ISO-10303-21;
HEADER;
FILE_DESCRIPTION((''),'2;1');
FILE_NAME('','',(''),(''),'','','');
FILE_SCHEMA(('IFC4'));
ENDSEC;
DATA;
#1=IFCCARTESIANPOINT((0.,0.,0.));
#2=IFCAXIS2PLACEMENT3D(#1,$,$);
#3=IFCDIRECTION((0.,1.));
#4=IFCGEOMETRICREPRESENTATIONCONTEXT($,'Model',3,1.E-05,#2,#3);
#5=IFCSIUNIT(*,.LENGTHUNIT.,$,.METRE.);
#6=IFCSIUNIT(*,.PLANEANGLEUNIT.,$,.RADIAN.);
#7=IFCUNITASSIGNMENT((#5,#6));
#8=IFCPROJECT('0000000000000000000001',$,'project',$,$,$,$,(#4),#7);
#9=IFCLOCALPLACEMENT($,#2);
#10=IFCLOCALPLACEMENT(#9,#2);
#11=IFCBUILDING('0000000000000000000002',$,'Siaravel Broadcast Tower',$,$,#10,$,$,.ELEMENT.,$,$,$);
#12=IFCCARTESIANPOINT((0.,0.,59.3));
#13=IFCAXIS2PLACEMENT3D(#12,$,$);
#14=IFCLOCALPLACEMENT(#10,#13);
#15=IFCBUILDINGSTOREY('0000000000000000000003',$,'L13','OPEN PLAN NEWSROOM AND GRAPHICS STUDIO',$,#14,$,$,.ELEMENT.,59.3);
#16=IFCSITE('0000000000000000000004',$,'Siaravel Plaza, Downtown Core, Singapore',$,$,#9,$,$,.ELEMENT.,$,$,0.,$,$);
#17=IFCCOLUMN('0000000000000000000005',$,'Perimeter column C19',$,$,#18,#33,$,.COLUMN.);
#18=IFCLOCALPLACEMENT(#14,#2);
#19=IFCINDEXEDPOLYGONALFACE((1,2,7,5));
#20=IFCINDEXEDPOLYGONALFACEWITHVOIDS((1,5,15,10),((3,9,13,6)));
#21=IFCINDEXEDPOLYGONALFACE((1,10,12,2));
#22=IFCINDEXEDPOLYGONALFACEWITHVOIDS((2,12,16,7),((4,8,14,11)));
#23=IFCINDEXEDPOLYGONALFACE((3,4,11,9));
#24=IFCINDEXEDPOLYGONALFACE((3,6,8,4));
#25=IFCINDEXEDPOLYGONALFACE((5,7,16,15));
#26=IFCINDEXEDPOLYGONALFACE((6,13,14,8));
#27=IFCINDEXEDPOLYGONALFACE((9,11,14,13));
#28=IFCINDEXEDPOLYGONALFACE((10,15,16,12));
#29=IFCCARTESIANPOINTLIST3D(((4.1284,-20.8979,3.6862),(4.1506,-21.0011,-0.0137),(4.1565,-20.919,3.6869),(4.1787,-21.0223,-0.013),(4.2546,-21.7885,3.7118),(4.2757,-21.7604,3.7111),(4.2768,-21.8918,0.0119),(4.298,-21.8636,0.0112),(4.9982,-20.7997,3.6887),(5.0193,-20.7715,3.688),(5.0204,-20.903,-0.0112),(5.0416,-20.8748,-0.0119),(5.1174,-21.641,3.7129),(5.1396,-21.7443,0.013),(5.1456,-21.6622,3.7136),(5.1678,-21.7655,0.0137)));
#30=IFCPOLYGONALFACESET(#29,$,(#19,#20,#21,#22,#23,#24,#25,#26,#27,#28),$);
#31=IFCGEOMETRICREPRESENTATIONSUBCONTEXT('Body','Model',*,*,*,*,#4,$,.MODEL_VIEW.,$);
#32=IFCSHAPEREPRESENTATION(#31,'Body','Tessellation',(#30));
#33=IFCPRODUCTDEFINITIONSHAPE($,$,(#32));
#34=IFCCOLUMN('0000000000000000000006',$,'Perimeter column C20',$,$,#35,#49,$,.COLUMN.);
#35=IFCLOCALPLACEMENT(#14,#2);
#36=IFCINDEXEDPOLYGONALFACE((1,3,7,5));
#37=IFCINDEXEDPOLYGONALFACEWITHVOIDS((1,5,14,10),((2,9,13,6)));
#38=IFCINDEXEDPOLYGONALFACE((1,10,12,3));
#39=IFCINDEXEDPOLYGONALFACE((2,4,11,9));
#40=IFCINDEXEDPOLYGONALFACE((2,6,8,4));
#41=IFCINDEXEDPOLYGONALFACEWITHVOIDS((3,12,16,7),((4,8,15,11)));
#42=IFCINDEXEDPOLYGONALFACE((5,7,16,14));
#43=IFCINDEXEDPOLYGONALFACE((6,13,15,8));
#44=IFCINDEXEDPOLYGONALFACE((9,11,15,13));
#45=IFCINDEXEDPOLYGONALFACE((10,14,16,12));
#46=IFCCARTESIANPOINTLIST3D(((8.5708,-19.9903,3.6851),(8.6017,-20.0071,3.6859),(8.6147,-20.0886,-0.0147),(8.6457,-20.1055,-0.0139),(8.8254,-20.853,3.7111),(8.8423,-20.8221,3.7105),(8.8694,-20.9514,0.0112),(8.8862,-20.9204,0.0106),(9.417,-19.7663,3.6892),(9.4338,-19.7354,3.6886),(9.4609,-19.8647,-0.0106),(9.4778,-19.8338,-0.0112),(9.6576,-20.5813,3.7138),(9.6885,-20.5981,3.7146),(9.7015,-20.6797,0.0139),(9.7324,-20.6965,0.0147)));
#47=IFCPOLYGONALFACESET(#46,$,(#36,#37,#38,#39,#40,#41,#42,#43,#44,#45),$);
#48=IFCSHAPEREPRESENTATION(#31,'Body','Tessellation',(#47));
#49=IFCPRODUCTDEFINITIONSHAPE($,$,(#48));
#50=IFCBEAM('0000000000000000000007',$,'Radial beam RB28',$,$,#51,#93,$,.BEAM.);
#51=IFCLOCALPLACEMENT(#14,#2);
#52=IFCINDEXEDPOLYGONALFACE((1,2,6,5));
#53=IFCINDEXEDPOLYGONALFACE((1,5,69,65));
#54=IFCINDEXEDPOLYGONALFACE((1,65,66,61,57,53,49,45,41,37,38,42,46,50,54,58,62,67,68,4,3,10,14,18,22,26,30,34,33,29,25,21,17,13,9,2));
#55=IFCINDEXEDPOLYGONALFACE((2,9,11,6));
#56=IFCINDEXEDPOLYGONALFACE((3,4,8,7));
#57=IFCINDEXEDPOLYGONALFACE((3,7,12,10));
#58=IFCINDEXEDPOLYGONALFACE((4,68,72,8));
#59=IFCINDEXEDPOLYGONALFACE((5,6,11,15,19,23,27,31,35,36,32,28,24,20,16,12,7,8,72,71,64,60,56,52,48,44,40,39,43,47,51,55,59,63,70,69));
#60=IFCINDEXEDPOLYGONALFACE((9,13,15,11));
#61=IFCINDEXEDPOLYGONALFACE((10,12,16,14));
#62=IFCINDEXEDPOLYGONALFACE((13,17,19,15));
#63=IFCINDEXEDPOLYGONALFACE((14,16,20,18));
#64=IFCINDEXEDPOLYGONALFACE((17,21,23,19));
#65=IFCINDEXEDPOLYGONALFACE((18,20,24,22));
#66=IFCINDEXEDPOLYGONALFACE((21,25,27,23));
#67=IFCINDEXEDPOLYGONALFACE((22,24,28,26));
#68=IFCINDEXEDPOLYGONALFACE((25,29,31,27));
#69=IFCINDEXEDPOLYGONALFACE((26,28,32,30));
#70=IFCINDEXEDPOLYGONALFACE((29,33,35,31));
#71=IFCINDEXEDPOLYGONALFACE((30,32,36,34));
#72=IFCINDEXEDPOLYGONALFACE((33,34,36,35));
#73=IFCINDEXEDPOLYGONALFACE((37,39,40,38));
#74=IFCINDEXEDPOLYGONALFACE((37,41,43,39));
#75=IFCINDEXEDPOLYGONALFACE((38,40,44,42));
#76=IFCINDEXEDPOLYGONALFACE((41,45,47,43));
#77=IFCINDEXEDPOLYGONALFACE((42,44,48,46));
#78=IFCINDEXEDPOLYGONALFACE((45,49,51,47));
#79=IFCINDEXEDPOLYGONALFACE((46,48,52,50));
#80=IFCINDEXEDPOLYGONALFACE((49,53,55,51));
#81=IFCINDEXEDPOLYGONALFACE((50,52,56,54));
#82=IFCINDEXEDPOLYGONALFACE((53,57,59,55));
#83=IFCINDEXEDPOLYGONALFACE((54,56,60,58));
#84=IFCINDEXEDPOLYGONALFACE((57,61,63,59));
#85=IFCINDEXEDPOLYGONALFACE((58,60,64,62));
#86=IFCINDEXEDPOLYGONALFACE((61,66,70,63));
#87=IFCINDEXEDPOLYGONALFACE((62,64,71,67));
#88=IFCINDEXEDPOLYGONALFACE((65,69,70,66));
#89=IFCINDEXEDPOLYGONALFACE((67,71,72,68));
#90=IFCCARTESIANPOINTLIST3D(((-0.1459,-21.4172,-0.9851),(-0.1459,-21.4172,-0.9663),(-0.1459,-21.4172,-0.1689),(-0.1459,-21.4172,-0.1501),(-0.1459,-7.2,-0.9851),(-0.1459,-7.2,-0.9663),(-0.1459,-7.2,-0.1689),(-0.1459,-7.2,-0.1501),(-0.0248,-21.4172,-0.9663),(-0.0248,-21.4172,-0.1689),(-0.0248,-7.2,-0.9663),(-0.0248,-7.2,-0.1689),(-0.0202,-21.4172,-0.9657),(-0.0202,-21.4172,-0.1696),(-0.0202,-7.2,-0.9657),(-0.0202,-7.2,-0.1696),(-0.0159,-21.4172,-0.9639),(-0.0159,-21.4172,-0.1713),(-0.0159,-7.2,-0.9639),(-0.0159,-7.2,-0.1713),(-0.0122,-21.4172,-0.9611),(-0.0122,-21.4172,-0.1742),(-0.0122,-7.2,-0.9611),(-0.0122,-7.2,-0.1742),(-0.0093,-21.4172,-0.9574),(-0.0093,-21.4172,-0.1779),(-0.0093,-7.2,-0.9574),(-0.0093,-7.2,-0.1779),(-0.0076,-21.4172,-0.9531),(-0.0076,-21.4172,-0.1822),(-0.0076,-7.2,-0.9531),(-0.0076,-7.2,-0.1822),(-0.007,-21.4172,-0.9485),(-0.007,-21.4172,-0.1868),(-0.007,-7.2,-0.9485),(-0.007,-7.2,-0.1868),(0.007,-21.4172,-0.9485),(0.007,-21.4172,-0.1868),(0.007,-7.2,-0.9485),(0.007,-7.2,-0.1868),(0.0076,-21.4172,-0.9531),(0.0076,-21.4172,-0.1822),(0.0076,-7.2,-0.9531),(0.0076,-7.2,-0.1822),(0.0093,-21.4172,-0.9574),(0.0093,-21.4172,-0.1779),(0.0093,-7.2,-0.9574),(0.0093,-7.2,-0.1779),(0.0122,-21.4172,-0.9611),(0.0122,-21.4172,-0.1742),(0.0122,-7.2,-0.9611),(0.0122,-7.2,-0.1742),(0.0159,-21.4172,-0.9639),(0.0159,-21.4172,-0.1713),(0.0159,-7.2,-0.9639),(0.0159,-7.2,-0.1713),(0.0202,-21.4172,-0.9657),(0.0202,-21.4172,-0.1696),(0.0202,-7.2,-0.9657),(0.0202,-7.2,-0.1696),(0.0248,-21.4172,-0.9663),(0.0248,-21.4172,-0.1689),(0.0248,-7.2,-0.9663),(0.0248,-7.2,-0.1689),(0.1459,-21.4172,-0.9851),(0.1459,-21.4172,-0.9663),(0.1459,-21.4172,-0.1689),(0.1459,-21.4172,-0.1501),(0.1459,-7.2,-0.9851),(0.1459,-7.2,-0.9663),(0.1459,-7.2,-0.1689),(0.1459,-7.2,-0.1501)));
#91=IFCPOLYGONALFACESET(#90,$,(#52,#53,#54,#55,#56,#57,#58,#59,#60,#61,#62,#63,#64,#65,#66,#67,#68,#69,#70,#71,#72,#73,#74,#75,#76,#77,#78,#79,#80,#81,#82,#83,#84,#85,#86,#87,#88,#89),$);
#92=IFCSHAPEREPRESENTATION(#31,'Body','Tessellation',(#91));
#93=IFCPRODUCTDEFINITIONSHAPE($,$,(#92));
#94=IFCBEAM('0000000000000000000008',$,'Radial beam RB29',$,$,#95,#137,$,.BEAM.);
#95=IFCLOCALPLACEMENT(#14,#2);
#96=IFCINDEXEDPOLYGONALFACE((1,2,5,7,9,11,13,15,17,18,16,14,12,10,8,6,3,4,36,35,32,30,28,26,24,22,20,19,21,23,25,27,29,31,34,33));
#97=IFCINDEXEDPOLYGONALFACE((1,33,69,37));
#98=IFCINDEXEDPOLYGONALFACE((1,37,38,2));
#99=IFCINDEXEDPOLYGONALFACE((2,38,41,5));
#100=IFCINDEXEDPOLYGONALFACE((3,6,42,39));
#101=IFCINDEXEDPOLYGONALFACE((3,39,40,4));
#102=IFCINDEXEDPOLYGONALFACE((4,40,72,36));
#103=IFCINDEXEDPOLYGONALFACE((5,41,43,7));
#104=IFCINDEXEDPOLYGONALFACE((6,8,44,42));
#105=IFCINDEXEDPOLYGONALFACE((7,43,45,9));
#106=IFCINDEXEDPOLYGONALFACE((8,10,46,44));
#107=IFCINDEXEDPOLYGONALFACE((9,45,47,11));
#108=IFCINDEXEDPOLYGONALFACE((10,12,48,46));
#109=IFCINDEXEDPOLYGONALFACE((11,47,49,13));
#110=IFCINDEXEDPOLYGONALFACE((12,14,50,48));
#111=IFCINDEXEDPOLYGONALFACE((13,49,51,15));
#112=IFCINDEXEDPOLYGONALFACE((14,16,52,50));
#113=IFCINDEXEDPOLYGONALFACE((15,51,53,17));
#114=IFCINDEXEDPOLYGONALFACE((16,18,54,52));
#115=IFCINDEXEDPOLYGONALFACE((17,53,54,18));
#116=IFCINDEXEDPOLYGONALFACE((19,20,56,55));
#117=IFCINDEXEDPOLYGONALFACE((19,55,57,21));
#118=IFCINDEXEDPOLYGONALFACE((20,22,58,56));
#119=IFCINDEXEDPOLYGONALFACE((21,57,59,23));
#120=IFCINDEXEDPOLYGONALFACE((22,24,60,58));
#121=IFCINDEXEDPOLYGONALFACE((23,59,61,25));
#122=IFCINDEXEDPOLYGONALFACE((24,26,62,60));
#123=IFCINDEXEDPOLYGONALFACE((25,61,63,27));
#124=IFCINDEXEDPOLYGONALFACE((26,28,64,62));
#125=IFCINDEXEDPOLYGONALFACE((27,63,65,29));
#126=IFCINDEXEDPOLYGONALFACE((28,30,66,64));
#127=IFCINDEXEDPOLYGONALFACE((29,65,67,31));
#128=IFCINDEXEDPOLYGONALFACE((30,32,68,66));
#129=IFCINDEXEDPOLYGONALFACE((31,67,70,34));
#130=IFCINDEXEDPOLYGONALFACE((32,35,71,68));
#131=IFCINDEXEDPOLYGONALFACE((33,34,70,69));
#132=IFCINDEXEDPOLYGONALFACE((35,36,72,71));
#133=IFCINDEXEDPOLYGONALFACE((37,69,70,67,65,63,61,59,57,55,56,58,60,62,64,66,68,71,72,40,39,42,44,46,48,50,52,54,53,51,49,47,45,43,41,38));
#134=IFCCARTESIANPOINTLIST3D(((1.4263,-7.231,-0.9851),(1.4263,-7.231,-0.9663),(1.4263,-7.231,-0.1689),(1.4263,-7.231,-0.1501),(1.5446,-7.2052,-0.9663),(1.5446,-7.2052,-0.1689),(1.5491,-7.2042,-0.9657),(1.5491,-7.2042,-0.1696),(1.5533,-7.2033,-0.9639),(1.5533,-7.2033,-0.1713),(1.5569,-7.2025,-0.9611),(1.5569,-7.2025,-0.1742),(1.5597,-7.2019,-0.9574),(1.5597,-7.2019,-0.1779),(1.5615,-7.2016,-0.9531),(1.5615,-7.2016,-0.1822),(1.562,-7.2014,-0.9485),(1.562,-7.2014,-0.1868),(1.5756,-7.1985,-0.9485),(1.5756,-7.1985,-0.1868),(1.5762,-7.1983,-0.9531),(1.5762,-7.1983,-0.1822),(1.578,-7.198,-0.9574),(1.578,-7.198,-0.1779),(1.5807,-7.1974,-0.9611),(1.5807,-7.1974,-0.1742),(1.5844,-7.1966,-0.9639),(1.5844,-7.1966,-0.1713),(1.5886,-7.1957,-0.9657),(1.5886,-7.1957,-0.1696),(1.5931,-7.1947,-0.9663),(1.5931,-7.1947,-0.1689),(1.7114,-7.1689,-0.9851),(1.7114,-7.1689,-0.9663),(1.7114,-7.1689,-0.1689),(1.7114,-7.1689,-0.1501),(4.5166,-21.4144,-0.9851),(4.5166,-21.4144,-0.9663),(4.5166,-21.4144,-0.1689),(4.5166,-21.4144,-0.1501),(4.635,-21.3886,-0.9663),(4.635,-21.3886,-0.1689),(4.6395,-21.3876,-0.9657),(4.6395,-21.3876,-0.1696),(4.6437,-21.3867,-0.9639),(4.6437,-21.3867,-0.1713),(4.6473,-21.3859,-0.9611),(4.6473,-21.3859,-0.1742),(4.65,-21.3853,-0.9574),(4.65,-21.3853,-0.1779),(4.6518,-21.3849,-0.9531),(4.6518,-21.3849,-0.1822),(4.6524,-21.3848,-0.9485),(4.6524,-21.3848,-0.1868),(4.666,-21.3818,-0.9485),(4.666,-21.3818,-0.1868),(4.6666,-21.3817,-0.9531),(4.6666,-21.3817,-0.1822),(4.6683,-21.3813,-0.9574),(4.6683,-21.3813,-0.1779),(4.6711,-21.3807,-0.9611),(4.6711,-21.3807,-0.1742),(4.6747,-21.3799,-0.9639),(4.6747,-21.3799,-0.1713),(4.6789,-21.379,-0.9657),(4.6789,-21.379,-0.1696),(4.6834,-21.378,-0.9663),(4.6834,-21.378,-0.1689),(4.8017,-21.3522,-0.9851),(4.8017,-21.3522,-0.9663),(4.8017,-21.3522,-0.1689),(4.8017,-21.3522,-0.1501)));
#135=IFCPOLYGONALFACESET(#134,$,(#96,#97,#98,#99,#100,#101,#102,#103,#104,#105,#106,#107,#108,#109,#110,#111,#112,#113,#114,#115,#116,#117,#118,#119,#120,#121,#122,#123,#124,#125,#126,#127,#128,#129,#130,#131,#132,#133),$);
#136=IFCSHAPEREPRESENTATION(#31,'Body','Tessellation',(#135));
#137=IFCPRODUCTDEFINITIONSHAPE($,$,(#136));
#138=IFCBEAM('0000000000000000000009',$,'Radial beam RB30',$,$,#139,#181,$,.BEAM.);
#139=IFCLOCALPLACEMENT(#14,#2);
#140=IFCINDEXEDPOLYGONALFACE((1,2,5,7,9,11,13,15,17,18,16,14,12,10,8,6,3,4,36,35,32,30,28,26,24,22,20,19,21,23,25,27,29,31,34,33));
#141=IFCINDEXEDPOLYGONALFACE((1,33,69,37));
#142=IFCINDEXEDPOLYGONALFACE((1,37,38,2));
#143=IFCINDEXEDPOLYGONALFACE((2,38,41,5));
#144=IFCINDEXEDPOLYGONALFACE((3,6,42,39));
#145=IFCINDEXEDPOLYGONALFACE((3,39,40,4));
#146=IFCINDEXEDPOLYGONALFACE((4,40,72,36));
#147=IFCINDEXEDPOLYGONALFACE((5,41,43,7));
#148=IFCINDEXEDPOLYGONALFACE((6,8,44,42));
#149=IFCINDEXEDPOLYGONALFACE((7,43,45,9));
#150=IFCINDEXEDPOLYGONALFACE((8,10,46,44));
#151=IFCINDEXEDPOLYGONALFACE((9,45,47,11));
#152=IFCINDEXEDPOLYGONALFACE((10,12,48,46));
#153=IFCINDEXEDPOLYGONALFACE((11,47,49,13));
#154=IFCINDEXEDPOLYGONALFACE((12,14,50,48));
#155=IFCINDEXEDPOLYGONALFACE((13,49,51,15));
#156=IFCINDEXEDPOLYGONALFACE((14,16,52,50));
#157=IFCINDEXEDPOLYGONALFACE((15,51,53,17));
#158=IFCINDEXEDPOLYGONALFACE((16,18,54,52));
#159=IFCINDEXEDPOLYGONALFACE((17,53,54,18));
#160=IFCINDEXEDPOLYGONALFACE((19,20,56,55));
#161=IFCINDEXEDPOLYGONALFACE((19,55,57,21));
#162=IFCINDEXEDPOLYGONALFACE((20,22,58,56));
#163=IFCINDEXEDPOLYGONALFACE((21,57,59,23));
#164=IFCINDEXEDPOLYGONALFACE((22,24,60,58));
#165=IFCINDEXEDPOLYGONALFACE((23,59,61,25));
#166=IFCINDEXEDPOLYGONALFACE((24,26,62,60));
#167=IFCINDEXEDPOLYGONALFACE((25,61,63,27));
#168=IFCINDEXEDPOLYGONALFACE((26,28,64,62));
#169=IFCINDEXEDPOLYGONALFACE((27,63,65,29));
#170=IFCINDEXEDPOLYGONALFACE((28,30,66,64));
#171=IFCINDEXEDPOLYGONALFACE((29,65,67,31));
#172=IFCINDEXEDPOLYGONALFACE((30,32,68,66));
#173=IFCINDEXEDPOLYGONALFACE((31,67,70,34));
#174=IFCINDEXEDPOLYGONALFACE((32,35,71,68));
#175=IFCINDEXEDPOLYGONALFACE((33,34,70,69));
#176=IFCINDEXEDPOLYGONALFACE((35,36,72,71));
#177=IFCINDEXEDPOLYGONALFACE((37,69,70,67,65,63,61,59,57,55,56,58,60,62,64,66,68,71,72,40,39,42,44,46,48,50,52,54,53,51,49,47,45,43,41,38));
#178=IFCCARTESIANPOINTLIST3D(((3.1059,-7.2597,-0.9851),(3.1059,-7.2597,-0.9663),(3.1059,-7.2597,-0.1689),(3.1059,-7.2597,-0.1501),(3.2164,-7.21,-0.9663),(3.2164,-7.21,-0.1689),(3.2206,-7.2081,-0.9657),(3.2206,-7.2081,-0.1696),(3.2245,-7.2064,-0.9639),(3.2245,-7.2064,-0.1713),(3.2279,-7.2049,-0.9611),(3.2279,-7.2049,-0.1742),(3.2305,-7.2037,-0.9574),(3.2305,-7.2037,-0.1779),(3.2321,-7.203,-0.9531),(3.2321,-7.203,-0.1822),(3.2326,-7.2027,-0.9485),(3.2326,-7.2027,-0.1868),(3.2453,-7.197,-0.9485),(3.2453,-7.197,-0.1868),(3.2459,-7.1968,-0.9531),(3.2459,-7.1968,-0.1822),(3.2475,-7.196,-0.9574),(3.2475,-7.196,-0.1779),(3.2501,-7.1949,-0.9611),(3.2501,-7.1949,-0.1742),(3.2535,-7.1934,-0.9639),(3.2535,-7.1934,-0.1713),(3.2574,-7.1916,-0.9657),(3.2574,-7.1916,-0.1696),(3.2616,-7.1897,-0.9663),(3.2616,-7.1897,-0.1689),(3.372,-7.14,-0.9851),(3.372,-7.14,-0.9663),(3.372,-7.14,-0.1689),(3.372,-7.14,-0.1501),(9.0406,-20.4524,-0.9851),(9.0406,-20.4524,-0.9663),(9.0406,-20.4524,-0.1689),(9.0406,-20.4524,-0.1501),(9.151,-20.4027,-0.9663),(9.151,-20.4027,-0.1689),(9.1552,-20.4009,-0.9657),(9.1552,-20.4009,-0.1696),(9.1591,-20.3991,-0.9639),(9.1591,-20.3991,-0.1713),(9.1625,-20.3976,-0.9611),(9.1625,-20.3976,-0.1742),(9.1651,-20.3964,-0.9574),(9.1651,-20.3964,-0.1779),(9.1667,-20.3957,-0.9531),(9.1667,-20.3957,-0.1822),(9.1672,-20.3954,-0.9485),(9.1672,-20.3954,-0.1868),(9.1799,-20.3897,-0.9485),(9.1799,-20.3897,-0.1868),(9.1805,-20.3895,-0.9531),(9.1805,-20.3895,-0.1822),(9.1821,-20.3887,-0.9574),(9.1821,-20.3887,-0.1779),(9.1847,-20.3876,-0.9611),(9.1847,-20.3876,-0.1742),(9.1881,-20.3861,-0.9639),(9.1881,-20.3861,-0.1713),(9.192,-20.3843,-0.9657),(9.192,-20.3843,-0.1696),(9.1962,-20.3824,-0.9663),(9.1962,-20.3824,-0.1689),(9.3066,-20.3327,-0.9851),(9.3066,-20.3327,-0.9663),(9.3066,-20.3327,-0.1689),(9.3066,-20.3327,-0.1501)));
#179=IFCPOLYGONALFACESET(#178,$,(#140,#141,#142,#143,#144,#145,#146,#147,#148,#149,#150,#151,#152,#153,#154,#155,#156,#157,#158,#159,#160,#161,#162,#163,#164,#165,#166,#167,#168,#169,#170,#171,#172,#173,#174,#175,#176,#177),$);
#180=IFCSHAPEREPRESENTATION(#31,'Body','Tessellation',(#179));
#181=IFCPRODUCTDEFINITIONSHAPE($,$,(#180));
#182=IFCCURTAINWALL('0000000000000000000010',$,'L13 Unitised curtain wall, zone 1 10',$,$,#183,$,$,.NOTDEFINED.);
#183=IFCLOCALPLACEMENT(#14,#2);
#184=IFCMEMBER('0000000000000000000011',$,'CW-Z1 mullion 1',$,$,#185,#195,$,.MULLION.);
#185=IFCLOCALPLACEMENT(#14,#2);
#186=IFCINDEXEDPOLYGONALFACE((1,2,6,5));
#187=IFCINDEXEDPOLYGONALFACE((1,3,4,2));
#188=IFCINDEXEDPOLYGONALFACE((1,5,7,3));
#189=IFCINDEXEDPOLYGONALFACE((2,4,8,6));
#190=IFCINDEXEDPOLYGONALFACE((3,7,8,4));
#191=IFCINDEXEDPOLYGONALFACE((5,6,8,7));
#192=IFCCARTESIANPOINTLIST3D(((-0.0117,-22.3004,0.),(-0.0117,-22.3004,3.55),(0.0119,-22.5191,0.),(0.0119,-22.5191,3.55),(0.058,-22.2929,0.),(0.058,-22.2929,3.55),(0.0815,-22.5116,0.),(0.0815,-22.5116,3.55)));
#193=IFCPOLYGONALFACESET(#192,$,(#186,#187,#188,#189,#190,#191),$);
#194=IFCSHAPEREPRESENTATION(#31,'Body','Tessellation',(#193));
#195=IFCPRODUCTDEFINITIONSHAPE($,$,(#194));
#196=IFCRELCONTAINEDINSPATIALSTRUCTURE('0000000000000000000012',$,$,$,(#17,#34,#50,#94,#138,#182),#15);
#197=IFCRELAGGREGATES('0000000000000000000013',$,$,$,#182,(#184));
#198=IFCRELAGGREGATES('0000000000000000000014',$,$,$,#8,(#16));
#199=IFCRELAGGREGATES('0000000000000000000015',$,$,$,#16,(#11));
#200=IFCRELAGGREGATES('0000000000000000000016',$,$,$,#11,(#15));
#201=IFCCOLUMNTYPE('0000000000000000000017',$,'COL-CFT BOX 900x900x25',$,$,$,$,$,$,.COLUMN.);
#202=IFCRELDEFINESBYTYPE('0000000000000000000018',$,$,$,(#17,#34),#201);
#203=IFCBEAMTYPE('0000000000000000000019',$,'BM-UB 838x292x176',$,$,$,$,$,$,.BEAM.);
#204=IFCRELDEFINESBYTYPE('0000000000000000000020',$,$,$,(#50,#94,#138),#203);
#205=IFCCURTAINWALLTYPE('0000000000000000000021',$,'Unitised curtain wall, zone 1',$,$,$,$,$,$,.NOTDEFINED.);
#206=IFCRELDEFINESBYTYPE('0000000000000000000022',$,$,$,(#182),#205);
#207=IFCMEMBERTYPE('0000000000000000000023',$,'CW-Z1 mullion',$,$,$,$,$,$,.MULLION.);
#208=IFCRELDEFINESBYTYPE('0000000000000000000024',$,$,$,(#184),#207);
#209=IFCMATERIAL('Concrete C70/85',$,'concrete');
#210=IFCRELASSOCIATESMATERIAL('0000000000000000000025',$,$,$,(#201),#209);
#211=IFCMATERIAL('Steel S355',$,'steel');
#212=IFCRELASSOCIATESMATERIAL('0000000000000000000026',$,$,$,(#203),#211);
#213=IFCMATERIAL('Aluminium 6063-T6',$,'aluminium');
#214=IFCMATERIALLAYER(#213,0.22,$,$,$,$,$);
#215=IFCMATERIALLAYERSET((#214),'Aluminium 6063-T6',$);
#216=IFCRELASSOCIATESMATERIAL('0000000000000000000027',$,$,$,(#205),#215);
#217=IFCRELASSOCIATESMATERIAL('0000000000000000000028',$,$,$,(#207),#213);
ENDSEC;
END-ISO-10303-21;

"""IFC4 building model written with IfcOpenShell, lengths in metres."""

from ifc_helpers import new_model, si_unit, direction, frame, origin, origin_2d, place, context, subcontext, project, spatial, rectangle, hollow_rectangle, i_section, extrude, material, layer, layer_set, material_profile, profile_set, type_object, element, aggregate, save


model = new_model("IFC4")

# Units and contexts
model_context = context("Model", 3, precision=1e-05, world=origin(), true_north=direction((0.0, 1.0)))
body_context = subcontext(model_context, "Body", "Model", "MODEL_VIEW")
ifc_project = project(units=[si_unit("LENGTHUNIT", "METRE"), si_unit("PLANEANGLEUNIT", "RADIAN")], contexts=[model_context])

# Site, building, storey
site_placement = place(None, origin())
site = spatial("IfcSite", under=ifc_project, at=site_placement, Name="Siaravel Plaza, Downtown Core, Singapore", CompositionType="ELEMENT", RefElevation=0.0)
building_placement = place(site_placement, origin())
building = spatial("IfcBuilding", under=site, at=building_placement, Name="Siaravel Broadcast Tower", CompositionType="ELEMENT")
storey_placement = place(building_placement, frame((0.0, 0.0, 59.3)))
storey = spatial("IfcBuildingStorey", under=building, at=storey_placement, Name="L13", Description="OPEN PLAN NEWSROOM AND GRAPHICS STUDIO", CompositionType="ELEMENT", Elevation=59.3)

# Columns
ifc_material_1 = material(Name="Concrete C70/85", Category="concrete")
ifc_material_profile_1 = material_profile(ifc_material_1, hollow_rectangle(XDim=0.8999, YDim=0.8999, WallThickness=0.0249, at=origin_2d()))
ifc_profile_set_1 = profile_set([ifc_material_profile_1], Name="Concrete C70/85")
column_type = type_object("IfcColumnType", Name="COL-CFT BOX 900x900x25", PredefinedType="COLUMN", material=ifc_profile_set_1)
for number, where, z_axis, x_axis, name in (
    (1, (4.6592, -21.3833, 0.0), (-0.006002, 0.0279, 0.999593), (-0.990096, -0.140377, -0.002027), "Perimeter column C19"),
    (2, (9.1736, -20.3926, 0.0), (-0.011872, 0.026581, 0.999576), (-0.95905, -0.283212, -0.00386), "Perimeter column C20"),
):
    element("IfcColumn", number, at=place(storey_placement, frame(where, z_axis=z_axis, x_axis=x_axis)), inside=storey, type_object=column_type, Name=name, PredefinedType="COLUMN", context=body_context, shape_type="SweptSolid", body=[
        extrude(hollow_rectangle(XDim=0.8999, YDim=0.8999, WallThickness=0.0249, at=origin_2d()), origin(), (0.0, 0.0, 1.0), 3.7014),
    ])

# Beams
ifc_material_2 = material(Name="Steel S355", Category="steel")
ifc_material_profile_2 = material_profile(ifc_material_2, i_section(OverallWidth=0.2917, OverallDepth=0.835, WebThickness=0.0139, FlangeThickness=0.0188, FilletRadius=0.0178, at=origin_2d()))
ifc_profile_set_2 = profile_set([ifc_material_profile_2], Name="Steel S355")
beam_type = type_object("IfcBeamType", Name="BM-UB 838x292x176", PredefinedType="BEAM", material=ifc_profile_set_2)
beam_1_placement = place(storey_placement, frame((0.0, -21.4172, -0.5676), z_axis=(0.0, 1.0, 0.0), x_axis=(-1.0, 0.0, 0.0)))
element("IfcBeam", 3, at=beam_1_placement, inside=storey, type_object=beam_type, Name="Radial beam RB28", PredefinedType="BEAM", context=body_context, shape_type="SweptSolid", body=[
    extrude(i_section(OverallWidth=0.2917, OverallDepth=0.835, WebThickness=0.0139, FlangeThickness=0.0188, FilletRadius=0.0178, at=origin_2d()), origin(), (0.0, 0.0, 1.0), 14.2173),
])
beam_2_placement = place(storey_placement, frame((4.6592, -21.3833, -0.5676), z_axis=(-0.21289, 0.977076, 0.0), x_axis=(-0.977076, -0.21289, 0.0)))
element("IfcBeam", 4, at=beam_2_placement, inside=storey, type_object=beam_type, Name="Radial beam RB29", PredefinedType="BEAM", context=body_context, shape_type="SweptSolid", body=[
    extrude(i_section(OverallWidth=0.2917, OverallDepth=0.835, WebThickness=0.0139, FlangeThickness=0.0188, FilletRadius=0.0178, at=origin_2d()), origin(), (0.0, 0.0, 1.0), 14.5161),
])
beam_3_placement = place(storey_placement, frame((9.1736, -20.3926, -0.5676), z_axis=(-0.410243, 0.911976, 0.0), x_axis=(-0.911976, -0.410243, 0.0)))
element("IfcBeam", 5, at=beam_3_placement, inside=storey, type_object=beam_type, Name="Radial beam RB30", PredefinedType="BEAM", context=body_context, shape_type="SweptSolid", body=[
    extrude(i_section(OverallWidth=0.2917, OverallDepth=0.835, WebThickness=0.0139, FlangeThickness=0.0188, FilletRadius=0.0178, at=origin_2d()), origin(), (0.0, 0.0, 1.0), 14.4661),
])

# Curtain wall, member
ifc_material_3 = material(Name="Aluminium 6063-T6", Category="aluminium")
ifc_layer_1 = layer(ifc_material_3, 0.22)
ifc_layer_set_1 = layer_set([ifc_layer_1], Name="Aluminium 6063-T6")
curtain_wall_type = type_object("IfcCurtainWallType", Name="Unitised curtain wall, zone 1", PredefinedType="NOTDEFINED", material=ifc_layer_set_1)
curtain_wall_placement = place(storey_placement, origin())
curtain_wall = element("IfcCurtainWall", 6, at=curtain_wall_placement, inside=storey, type_object=curtain_wall_type, Name="L13 Unitised curtain wall, zone 1 10", PredefinedType="NOTDEFINED")
ifc_material_profile_3 = material_profile(ifc_material_3, rectangle(XDim=0.22, YDim=0.0701, at=origin_2d()))
ifc_profile_set_3 = profile_set([ifc_material_profile_3], Name="Aluminium 6063-T6")
member_type_1 = type_object("IfcMemberType", Name="CW-Z1 mullion", PredefinedType="MULLION", material=ifc_profile_set_3)
member_1_placement = place(storey_placement, frame((0.0349, -22.406, 0.0), z_axis=(0.0, 0.0, 1.0), x_axis=(-0.107217, 0.994236, 0.0)))
member_1 = element("IfcMember", 7, at=member_1_placement, type_object=member_type_1, Name="CW-Z1 mullion 1", PredefinedType="MULLION", context=body_context, shape_type="SweptSolid", body=[
    extrude(rectangle(XDim=0.22, YDim=0.0701, at=origin_2d()), origin(), (0.0, 0.0, 1.0), 3.55),
])

aggregate(curtain_wall, [member_1])

save(model, "model.ifc")
